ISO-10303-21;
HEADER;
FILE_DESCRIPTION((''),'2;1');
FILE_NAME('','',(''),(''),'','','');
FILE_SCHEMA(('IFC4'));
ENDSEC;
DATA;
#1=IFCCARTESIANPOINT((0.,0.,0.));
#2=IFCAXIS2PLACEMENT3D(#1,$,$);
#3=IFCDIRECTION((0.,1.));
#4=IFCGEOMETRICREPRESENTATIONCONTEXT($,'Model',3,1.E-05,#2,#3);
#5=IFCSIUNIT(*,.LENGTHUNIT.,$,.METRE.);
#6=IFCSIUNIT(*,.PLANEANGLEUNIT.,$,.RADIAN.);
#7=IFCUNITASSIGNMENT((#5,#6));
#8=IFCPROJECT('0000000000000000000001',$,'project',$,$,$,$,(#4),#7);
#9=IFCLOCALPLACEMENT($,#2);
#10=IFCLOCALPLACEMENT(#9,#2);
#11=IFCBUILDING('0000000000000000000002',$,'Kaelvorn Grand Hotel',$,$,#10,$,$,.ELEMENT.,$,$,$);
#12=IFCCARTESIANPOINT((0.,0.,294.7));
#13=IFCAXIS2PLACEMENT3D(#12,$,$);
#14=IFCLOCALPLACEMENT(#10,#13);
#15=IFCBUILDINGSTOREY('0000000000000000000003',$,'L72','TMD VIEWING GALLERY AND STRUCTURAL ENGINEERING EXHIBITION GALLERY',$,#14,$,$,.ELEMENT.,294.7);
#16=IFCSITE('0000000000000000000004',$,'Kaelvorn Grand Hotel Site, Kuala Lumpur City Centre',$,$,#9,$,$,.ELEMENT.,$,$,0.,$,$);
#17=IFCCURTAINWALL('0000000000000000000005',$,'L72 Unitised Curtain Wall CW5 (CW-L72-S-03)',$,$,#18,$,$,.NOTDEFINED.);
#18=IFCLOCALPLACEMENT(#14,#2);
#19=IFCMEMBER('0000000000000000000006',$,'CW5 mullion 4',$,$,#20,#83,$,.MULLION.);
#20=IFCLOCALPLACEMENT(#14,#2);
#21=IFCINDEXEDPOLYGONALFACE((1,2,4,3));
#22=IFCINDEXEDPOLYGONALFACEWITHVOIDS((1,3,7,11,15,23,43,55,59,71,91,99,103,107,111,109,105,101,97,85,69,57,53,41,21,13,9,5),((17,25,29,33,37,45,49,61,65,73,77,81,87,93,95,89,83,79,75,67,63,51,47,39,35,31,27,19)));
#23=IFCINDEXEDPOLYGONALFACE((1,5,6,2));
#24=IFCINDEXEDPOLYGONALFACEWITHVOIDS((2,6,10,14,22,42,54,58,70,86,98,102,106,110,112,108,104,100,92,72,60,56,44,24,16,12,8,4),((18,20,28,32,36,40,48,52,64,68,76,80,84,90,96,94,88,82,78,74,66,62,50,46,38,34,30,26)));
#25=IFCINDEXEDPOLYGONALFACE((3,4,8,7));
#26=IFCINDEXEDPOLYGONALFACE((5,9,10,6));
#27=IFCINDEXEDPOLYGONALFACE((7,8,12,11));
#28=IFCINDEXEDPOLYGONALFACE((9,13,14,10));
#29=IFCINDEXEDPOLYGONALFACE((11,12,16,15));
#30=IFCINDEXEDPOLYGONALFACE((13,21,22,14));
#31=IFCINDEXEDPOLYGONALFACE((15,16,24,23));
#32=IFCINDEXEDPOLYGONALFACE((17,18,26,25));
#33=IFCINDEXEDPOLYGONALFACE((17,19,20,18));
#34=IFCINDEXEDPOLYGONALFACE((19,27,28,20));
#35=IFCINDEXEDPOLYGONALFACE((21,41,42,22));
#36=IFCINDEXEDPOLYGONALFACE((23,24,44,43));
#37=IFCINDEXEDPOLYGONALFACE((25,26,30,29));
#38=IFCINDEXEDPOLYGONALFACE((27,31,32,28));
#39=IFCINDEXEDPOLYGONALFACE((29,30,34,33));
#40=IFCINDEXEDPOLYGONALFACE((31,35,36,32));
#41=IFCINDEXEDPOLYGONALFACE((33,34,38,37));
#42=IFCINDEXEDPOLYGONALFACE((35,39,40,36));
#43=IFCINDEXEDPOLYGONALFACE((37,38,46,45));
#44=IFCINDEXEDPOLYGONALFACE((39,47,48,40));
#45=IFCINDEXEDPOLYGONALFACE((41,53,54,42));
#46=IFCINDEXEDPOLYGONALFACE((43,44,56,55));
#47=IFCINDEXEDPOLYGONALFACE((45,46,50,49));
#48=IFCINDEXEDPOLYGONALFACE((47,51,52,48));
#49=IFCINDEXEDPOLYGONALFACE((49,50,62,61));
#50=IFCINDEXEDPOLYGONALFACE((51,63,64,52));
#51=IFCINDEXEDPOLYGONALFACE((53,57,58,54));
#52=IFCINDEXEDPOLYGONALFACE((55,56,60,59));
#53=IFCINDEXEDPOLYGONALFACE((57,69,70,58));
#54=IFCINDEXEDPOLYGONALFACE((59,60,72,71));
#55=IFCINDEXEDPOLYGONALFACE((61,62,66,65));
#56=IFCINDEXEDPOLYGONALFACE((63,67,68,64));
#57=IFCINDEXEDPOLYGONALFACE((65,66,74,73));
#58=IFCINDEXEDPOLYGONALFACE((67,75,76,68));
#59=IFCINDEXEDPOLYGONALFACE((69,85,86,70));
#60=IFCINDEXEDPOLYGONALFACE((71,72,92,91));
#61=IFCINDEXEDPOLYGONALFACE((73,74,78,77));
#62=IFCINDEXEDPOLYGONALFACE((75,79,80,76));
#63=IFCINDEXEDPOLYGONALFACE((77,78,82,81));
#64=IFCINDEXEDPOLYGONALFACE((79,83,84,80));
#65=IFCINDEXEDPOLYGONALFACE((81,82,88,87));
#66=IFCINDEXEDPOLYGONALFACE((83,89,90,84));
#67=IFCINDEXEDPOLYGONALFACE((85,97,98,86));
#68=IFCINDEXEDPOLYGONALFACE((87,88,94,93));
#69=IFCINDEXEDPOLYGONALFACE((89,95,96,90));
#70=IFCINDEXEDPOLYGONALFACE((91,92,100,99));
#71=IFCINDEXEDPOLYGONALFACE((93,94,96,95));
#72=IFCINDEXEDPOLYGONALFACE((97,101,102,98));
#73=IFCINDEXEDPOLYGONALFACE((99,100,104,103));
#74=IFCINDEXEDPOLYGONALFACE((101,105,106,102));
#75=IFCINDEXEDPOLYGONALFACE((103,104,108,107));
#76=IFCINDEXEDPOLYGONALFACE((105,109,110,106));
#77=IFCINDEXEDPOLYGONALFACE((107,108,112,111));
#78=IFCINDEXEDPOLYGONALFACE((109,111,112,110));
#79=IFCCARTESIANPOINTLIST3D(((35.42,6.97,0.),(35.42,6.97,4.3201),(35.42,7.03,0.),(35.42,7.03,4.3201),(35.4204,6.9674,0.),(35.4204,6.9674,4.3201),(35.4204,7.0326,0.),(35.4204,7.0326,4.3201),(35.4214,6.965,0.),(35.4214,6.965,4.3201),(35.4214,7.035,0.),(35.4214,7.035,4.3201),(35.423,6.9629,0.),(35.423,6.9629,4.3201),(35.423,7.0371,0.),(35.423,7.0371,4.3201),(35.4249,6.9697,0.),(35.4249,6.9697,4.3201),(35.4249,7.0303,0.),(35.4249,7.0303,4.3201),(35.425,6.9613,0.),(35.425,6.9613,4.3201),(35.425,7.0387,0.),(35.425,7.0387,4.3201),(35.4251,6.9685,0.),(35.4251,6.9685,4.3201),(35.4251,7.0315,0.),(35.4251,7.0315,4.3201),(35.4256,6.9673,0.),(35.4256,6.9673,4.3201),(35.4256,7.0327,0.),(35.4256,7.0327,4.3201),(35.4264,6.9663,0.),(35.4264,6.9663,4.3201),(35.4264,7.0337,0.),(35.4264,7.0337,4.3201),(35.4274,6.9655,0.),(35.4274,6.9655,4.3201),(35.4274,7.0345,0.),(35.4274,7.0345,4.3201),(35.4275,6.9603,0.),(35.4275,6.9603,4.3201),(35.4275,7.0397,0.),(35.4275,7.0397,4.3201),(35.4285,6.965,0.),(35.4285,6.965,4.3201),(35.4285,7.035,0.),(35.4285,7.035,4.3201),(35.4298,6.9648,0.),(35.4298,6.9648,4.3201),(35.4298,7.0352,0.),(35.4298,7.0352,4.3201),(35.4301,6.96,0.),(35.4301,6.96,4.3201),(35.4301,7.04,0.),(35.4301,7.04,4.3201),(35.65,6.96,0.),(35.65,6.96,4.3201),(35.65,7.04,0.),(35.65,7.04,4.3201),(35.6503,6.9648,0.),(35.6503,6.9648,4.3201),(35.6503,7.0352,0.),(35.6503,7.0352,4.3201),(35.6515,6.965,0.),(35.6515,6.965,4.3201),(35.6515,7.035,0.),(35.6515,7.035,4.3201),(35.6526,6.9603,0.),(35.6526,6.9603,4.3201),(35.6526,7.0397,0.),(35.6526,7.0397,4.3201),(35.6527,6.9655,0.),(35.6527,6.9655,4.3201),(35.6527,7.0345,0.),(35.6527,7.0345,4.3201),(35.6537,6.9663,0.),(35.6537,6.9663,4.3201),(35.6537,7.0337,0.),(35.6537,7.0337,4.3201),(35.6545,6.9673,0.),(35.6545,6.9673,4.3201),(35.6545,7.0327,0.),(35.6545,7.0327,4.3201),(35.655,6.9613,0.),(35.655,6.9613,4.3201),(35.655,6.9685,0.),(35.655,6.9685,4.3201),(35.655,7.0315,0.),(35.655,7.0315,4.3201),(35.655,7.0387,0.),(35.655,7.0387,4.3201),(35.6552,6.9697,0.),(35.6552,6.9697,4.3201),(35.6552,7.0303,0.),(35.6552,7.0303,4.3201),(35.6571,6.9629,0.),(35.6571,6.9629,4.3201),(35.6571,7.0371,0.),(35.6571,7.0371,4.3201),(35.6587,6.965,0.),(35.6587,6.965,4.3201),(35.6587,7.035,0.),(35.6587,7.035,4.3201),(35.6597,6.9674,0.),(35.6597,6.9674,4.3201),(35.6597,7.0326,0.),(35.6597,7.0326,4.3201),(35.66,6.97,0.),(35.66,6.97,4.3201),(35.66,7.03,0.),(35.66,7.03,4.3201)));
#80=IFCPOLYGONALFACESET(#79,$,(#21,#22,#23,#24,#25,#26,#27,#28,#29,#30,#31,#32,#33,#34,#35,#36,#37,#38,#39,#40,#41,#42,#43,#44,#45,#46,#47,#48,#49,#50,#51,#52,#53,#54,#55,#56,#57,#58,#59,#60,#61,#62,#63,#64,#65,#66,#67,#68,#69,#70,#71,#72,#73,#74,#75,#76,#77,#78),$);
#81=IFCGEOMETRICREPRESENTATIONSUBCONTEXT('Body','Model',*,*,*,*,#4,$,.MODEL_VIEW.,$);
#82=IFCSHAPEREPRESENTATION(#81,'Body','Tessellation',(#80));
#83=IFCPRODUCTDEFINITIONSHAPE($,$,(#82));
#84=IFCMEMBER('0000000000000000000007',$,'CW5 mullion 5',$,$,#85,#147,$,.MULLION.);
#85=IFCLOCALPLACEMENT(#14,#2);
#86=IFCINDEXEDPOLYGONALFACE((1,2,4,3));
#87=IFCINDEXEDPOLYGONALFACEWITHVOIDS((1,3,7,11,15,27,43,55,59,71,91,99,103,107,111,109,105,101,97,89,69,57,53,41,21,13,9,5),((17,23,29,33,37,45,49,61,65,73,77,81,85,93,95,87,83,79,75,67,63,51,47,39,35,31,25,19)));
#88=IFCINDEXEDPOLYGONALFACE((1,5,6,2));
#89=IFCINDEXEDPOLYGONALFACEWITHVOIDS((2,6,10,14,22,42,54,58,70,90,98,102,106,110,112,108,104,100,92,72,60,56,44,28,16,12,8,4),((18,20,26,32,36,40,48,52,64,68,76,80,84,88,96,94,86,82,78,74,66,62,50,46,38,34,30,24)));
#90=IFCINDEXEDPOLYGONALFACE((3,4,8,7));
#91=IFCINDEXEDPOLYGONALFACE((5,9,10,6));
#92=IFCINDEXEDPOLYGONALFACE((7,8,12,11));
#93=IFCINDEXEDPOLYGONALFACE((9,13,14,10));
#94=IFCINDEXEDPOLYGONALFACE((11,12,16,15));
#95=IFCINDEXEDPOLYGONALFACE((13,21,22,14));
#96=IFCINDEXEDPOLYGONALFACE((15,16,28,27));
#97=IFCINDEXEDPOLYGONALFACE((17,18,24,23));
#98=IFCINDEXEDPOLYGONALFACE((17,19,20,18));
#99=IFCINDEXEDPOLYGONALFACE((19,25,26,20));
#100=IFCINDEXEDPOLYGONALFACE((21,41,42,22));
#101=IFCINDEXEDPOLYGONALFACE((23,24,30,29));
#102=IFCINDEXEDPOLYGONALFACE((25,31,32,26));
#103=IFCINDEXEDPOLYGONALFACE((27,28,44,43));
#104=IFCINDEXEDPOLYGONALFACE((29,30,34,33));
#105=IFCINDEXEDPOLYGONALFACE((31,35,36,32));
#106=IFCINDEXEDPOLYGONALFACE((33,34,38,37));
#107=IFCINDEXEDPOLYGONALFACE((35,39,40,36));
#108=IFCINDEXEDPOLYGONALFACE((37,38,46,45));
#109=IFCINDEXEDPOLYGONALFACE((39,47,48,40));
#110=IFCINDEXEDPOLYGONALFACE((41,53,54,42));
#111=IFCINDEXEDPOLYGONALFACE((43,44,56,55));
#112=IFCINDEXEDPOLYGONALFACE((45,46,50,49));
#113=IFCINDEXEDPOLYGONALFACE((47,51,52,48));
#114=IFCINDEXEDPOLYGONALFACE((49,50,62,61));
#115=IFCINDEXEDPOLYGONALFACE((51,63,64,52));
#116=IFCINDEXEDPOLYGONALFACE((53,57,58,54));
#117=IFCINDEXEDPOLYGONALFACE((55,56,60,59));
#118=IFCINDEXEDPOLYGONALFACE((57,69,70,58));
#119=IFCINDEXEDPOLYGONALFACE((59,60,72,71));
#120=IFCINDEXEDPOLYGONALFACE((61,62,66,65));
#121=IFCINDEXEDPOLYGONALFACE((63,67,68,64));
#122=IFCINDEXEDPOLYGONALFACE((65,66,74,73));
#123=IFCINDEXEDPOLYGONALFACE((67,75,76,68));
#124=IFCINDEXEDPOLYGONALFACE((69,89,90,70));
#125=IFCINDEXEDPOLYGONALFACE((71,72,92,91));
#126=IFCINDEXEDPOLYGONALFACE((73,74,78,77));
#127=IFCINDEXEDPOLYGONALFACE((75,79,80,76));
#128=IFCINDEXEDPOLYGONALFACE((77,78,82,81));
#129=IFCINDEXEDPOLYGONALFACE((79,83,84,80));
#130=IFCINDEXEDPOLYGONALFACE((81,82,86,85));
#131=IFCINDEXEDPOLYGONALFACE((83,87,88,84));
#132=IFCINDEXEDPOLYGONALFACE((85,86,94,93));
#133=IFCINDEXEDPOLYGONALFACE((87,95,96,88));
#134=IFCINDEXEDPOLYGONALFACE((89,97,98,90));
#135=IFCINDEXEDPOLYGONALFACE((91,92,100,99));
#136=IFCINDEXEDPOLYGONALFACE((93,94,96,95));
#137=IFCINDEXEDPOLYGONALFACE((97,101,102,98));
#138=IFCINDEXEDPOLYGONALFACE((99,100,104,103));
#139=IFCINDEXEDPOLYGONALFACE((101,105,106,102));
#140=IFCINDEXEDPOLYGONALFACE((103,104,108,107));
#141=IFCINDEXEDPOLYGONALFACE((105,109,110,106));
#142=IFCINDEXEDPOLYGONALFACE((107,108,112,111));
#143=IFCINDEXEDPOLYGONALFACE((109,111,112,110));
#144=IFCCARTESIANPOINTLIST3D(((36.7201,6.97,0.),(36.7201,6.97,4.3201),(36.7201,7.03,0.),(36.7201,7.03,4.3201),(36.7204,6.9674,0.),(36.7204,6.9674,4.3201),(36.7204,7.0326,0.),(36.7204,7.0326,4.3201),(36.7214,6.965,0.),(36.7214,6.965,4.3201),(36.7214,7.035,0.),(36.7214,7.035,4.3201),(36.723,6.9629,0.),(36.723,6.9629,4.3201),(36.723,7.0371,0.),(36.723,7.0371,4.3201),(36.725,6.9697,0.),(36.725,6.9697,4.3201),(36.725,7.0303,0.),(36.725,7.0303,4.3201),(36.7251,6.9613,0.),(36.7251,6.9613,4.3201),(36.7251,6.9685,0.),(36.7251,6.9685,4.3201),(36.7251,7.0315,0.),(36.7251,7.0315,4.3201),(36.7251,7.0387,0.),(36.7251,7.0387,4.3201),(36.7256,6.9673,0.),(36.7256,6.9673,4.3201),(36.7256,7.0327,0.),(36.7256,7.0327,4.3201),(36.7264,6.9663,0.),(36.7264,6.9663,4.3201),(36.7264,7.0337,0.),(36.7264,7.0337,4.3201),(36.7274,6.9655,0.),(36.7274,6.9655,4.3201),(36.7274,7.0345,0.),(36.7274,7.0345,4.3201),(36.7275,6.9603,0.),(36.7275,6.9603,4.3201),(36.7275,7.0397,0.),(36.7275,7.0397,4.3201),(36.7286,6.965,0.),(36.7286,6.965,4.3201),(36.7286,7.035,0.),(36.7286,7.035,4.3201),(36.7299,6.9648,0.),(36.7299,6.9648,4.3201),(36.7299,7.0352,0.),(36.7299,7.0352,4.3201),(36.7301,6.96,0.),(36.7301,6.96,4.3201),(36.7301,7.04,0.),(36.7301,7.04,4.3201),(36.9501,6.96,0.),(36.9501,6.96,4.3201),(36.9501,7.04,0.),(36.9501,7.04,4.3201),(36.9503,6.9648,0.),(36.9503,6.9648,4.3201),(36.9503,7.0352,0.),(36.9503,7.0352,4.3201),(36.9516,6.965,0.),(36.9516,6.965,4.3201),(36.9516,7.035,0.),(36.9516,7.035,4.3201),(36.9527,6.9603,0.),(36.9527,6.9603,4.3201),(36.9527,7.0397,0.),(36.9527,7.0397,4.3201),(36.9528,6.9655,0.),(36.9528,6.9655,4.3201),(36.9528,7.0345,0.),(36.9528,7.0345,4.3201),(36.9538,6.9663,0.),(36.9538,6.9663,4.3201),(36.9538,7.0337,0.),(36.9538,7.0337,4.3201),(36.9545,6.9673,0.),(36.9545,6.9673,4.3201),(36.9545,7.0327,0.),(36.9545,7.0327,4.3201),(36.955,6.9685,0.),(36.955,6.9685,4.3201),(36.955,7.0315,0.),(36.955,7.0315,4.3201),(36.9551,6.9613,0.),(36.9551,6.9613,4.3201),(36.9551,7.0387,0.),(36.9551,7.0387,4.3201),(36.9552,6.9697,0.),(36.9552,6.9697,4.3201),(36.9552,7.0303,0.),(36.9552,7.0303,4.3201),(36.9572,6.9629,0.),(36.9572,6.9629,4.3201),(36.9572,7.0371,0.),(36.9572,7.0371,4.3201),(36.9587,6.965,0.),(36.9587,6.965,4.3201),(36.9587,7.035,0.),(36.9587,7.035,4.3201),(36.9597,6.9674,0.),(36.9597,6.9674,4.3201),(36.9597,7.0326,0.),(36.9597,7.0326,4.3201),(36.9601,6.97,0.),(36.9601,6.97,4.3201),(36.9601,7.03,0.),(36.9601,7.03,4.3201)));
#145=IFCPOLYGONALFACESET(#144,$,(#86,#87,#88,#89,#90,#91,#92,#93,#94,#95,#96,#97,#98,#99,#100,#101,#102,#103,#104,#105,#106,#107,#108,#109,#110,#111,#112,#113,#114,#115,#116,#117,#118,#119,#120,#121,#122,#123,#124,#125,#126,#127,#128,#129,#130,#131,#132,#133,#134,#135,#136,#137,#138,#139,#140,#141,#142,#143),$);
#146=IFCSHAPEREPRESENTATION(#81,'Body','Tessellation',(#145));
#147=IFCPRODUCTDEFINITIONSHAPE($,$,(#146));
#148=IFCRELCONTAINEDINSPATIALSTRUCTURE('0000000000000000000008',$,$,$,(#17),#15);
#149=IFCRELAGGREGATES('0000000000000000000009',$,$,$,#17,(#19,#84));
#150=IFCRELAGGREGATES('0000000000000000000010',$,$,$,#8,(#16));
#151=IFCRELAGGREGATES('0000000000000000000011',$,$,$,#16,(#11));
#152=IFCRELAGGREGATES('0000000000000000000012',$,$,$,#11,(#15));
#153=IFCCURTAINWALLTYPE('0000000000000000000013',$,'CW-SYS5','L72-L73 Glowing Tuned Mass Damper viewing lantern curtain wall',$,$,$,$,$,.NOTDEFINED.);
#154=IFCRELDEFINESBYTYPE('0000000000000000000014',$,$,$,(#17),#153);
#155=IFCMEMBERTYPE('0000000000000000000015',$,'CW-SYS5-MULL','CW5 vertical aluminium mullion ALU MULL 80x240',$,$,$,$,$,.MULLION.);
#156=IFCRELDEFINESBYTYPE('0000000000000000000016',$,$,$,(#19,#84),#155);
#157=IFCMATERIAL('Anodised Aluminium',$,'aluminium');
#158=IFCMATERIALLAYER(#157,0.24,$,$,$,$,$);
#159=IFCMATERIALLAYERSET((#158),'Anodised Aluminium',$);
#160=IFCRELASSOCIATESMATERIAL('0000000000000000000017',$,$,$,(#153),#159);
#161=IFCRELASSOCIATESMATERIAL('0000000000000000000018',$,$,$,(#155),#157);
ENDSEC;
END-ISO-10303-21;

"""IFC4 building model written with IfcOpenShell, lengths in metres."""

from ifc_helpers import new_model, si_unit, direction, frame, origin, origin_2d, place, context, subcontext, project, spatial, hollow_rectangle, extrude, material, layer, layer_set, material_profile, profile_set, type_object, element, aggregate, save


model = new_model("IFC4")

# Units and contexts
model_context = context("Model", 3, precision=1e-05, world=origin(), true_north=direction((0.0, 1.0)))
body_context = subcontext(model_context, "Body", "Model", "MODEL_VIEW")
ifc_project = project(units=[si_unit("LENGTHUNIT", "METRE"), si_unit("PLANEANGLEUNIT", "RADIAN")], contexts=[model_context])

# Site, building, storey
site_placement = place(None, origin())
site = spatial("IfcSite", under=ifc_project, at=site_placement, Name="Kaelvorn Grand Hotel Site, Kuala Lumpur City Centre", CompositionType="ELEMENT", RefElevation=0.0)
building_placement = place(site_placement, origin())
building = spatial("IfcBuilding", under=site, at=building_placement, Name="Kaelvorn Grand Hotel", CompositionType="ELEMENT")
storey_placement = place(building_placement, frame((0.0, 0.0, 294.7)))
storey = spatial("IfcBuildingStorey", under=building, at=storey_placement, Name="L72", Description="TMD VIEWING GALLERY AND STRUCTURAL ENGINEERING EXHIBITION GALLERY", CompositionType="ELEMENT", Elevation=294.7)

# Curtain wall, members
ifc_material_1 = material(Name="Anodised Aluminium", Category="aluminium")
ifc_layer_1 = layer(ifc_material_1, 0.24)
ifc_layer_set_1 = layer_set([ifc_layer_1], Name="Anodised Aluminium")
curtain_wall_type = type_object("IfcCurtainWallType", Name="CW-SYS5", Description="L72-L73 Glowing Tuned Mass Damper viewing lantern curtain wall", PredefinedType="NOTDEFINED", material=ifc_layer_set_1)
curtain_wall_1_placement = place(storey_placement, origin())
curtain_wall_1 = element("IfcCurtainWall", 1, at=curtain_wall_1_placement, inside=storey, type_object=curtain_wall_type, Name="L72 Unitised Curtain Wall CW5 (CW-L72-S-03)", PredefinedType="NOTDEFINED")
ifc_material_profile_1 = material_profile(ifc_material_1, hollow_rectangle(XDim=0.0801, YDim=0.24, WallThickness=0.0049, InnerFilletRadius=0.0049, OuterFilletRadius=0.01, at=origin_2d()), Name="ALU MULL 80x240")
ifc_profile_set_1 = profile_set([ifc_material_profile_1], Name="Anodised Aluminium")
member_type_1 = type_object("IfcMemberType", Name="CW-SYS5-MULL", Description="CW5 vertical aluminium mullion ALU MULL 80x240", PredefinedType="MULLION", material=ifc_profile_set_1)
member_1_placement = place(storey_placement, frame((35.54, 7.0, 0.0), z_axis=(0.0, 0.0, 1.0), x_axis=(0.0, 1.0, 0.0)))
member_1 = element("IfcMember", 2, at=member_1_placement, type_object=member_type_1, Name="CW5 mullion 4", PredefinedType="MULLION", context=body_context, shape_type="SweptSolid", body=[
    extrude(hollow_rectangle(XDim=0.0801, YDim=0.24, WallThickness=0.0049, InnerFilletRadius=0.0049, OuterFilletRadius=0.01, at=origin_2d()), origin(), (0.0, 0.0, 1.0), 4.3201),
])
member_2_placement = place(storey_placement, frame((36.8401, 7.0, 0.0), z_axis=(0.0, 0.0, 1.0), x_axis=(0.0, 1.0, 0.0)))
member_2 = element("IfcMember", 3, at=member_2_placement, type_object=member_type_1, Name="CW5 mullion 5", PredefinedType="MULLION", context=body_context, shape_type="SweptSolid", body=[
    extrude(hollow_rectangle(XDim=0.0801, YDim=0.24, WallThickness=0.0049, InnerFilletRadius=0.0049, OuterFilletRadius=0.01, at=origin_2d()), origin(), (0.0, 0.0, 1.0), 4.3201),
])

aggregate(curtain_wall_1, [member_1, member_2])

save(model, "model.ifc")
